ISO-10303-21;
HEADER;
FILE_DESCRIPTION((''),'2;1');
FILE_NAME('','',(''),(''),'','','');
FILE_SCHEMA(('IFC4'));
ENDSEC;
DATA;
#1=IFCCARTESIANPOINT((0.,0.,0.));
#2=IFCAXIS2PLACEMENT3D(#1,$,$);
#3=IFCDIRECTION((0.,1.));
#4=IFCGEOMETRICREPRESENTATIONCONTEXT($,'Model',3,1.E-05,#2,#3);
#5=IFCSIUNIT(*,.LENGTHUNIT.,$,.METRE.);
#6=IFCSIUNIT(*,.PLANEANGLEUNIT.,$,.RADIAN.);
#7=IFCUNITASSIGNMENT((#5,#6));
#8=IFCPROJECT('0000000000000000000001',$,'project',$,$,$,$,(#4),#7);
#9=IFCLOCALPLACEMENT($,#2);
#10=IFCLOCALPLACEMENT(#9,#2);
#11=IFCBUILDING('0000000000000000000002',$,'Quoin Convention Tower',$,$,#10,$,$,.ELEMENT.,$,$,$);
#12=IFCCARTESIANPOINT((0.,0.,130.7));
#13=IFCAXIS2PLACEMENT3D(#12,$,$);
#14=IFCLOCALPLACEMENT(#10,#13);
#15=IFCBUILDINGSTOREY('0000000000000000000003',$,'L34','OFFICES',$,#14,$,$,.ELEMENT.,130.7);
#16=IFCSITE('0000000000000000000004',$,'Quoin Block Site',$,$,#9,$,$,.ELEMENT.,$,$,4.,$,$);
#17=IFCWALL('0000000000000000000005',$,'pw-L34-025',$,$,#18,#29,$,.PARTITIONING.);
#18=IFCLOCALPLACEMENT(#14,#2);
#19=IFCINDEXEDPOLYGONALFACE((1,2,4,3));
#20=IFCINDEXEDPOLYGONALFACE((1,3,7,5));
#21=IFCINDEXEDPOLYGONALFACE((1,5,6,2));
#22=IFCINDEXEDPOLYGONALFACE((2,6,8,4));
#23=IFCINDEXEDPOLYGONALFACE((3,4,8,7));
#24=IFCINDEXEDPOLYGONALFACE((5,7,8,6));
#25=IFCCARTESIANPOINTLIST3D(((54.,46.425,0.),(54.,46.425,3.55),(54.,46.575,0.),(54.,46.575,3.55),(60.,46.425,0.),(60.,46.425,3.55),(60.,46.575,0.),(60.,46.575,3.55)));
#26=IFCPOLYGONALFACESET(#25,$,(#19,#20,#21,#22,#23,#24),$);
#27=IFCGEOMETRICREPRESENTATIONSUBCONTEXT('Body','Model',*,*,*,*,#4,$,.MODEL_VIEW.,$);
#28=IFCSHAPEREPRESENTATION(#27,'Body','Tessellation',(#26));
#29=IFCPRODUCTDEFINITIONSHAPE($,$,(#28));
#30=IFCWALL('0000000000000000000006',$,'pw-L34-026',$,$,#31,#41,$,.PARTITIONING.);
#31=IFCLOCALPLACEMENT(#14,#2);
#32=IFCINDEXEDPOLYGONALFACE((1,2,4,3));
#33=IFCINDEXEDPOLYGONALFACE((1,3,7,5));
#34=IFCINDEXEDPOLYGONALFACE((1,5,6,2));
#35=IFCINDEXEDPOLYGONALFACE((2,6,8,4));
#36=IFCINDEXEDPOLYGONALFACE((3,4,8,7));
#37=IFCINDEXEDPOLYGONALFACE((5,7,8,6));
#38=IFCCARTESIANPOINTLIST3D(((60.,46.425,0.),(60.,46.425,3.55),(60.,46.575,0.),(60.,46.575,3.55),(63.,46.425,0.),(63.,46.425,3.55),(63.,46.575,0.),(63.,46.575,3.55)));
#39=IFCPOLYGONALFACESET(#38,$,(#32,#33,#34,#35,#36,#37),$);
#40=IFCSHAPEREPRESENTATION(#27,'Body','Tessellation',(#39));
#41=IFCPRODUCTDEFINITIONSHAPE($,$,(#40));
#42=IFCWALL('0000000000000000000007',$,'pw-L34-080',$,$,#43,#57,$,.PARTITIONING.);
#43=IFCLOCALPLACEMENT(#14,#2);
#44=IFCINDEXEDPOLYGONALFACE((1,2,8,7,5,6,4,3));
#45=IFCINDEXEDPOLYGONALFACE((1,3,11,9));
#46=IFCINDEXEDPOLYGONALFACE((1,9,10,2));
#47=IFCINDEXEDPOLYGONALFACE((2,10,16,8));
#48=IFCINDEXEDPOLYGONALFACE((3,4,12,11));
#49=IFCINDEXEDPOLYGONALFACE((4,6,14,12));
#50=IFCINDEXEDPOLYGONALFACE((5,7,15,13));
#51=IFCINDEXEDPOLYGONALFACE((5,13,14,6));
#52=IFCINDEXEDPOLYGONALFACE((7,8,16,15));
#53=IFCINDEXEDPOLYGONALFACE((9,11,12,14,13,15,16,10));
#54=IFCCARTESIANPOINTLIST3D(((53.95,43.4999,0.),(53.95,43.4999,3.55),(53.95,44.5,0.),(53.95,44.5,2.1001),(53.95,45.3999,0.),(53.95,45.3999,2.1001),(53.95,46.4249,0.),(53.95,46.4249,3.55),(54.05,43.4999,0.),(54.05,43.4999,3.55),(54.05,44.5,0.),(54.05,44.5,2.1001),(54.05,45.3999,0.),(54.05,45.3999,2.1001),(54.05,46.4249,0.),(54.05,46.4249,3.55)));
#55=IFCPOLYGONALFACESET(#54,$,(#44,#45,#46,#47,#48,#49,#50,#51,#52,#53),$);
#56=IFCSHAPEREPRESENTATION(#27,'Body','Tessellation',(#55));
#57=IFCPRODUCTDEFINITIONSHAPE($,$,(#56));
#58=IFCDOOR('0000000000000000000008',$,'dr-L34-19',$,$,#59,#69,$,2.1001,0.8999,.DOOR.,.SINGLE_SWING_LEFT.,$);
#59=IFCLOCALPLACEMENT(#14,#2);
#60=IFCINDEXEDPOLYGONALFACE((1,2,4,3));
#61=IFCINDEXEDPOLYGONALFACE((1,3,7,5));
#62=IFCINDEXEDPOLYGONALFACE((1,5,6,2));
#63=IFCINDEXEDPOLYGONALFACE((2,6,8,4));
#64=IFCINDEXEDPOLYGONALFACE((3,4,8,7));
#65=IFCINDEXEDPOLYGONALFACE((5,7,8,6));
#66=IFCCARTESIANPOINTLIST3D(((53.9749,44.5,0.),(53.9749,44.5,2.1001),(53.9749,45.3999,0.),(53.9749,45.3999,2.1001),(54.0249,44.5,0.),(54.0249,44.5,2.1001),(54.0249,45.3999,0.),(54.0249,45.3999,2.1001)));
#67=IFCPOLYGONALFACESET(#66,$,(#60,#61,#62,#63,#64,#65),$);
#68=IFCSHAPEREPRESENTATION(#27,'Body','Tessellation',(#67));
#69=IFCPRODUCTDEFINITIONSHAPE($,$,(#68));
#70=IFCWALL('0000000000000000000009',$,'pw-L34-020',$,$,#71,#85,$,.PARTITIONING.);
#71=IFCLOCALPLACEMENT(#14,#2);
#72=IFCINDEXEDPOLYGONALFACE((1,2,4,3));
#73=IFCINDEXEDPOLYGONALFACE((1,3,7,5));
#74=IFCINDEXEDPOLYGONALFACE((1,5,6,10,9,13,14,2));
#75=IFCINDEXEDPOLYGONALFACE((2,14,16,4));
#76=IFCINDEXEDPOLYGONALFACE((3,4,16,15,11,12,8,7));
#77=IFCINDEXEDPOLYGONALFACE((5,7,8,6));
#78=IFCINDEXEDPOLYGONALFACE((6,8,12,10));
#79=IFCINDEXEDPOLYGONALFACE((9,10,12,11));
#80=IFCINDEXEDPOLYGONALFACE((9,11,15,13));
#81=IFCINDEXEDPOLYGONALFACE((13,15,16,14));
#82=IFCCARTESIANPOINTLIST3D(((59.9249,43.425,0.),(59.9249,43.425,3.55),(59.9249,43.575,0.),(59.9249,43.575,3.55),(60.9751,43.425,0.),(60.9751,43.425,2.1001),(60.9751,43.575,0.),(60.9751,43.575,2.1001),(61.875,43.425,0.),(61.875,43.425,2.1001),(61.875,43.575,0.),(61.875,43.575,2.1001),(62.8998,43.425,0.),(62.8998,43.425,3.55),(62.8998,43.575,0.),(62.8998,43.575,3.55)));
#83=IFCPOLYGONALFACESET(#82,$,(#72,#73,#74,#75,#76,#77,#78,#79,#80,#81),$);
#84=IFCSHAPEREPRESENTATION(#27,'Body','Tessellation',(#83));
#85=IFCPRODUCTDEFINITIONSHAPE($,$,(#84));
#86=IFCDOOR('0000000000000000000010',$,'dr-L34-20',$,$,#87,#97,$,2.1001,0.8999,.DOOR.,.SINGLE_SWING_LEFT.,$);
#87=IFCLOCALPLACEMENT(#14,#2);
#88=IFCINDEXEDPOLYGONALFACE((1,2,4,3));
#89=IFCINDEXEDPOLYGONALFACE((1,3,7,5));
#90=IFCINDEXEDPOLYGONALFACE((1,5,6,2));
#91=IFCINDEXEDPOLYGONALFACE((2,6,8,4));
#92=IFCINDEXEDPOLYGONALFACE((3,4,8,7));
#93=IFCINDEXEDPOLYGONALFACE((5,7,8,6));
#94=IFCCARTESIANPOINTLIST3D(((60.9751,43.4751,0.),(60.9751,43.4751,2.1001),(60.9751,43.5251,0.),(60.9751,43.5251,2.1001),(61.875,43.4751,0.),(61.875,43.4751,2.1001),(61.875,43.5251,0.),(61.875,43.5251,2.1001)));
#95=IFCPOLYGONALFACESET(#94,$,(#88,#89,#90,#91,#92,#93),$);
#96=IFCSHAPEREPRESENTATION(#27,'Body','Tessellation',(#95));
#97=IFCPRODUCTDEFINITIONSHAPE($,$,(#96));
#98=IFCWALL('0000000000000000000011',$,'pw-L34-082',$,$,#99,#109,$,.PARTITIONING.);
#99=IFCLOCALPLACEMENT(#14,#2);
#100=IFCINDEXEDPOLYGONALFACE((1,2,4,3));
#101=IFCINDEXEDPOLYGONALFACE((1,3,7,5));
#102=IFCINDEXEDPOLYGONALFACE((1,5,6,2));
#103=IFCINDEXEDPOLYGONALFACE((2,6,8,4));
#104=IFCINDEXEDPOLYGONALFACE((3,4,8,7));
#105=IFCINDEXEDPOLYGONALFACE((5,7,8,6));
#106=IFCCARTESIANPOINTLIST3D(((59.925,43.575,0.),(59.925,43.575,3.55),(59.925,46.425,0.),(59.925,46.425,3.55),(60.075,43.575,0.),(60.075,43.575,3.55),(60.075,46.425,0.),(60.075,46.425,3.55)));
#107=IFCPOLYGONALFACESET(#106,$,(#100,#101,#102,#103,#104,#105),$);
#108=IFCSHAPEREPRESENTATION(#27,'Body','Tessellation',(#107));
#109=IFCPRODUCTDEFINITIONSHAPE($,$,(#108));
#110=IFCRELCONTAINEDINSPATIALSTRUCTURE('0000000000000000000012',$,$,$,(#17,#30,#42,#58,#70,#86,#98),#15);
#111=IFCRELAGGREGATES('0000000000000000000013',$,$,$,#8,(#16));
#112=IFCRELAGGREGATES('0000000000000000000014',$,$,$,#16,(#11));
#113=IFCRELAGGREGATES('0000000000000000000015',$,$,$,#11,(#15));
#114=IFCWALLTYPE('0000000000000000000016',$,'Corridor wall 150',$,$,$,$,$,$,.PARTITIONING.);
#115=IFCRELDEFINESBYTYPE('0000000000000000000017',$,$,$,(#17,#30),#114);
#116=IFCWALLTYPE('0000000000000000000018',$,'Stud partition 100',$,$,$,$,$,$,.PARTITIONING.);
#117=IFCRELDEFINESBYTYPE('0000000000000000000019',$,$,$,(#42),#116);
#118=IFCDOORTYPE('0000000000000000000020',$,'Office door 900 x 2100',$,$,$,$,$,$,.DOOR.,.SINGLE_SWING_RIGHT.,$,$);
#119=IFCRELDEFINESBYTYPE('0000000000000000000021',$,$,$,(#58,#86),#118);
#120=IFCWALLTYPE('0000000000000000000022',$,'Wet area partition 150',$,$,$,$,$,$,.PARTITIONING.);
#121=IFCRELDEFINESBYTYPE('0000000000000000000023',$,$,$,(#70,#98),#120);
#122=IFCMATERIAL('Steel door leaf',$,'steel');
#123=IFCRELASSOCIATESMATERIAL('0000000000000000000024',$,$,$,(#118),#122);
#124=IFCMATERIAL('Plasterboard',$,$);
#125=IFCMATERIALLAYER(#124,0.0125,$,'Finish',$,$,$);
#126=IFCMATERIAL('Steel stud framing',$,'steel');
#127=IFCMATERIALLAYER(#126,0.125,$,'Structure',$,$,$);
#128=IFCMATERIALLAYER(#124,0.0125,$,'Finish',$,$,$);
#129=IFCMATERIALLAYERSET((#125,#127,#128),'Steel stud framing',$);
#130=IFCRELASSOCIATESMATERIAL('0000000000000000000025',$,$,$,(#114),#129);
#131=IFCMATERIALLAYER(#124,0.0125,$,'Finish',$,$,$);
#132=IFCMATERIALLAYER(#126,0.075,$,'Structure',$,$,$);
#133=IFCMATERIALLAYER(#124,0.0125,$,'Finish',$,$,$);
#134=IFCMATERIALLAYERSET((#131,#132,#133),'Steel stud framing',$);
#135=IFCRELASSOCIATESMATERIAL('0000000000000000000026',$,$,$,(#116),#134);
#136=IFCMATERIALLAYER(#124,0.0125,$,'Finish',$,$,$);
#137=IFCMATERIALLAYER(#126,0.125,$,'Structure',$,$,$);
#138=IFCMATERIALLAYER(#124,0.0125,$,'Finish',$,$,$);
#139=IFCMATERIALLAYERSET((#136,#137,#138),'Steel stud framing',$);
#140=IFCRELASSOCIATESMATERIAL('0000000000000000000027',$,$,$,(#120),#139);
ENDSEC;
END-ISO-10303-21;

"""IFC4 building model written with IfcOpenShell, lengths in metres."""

from ifc_helpers import new_model, si_unit, direction, frame, frame_2d, origin, place, context, subcontext, project, spatial, rectangle, extrude, material, layer, layer_set, type_object, element, fill, save


model = new_model("IFC4")

# Units and contexts
model_context = context("Model", 3, precision=1e-05, world=origin(), true_north=direction((0.0, 1.0)))
body_context = subcontext(model_context, "Body", "Model", "MODEL_VIEW")
ifc_project = project(units=[si_unit("LENGTHUNIT", "METRE"), si_unit("PLANEANGLEUNIT", "RADIAN")], contexts=[model_context])

# Site, building, storey
site_placement = place(None, origin())
site = spatial("IfcSite", under=ifc_project, at=site_placement, Name="Quoin Block Site", CompositionType="ELEMENT", RefElevation=4.0)
building_placement = place(site_placement, origin())
building = spatial("IfcBuilding", under=site, at=building_placement, Name="Quoin Convention Tower", CompositionType="ELEMENT")
storey_placement = place(building_placement, frame((0.0, 0.0, 130.7)))
storey = spatial("IfcBuildingStorey", under=building, at=storey_placement, Name="L34", Description="OFFICES", CompositionType="ELEMENT", Elevation=130.7)

# Shared definitions
ifc_material_1 = material(Name="Plasterboard")
ifc_material_2 = material(Name="Steel stud framing", Category="steel")
ifc_material_3 = material(Name="Steel door leaf", Category="steel")
door_type = type_object("IfcDoorType", Name="Office door 900 x 2100", OperationType="SINGLE_SWING_RIGHT", PredefinedType="DOOR", material=ifc_material_3)

# Walls
ifc_layer_1 = layer(ifc_material_1, 0.0125, Name="Finish")
ifc_layer_2 = layer(ifc_material_2, 0.125, Name="Structure")
ifc_layer_3 = layer(ifc_material_1, 0.0125, Name="Finish")
ifc_layer_set_1 = layer_set([ifc_layer_1, ifc_layer_2, ifc_layer_3], Name="Steel stud framing")
wall_type_1 = type_object("IfcWallType", Name="Corridor wall 150", PredefinedType="PARTITIONING", material=ifc_layer_set_1)
wall_1_placement = place(storey_placement, frame((54.0, 46.5, 0.0), z_axis=(0.0, 0.0, 1.0), x_axis=(1.0, 0.0, 0.0)))
element("IfcWall", 1, at=wall_1_placement, inside=storey, type_object=wall_type_1, Name="pw-L34-025", PredefinedType="PARTITIONING", context=body_context, shape_type="SweptSolid", body=[
    extrude(rectangle(XDim=6.0, YDim=0.1499, at=frame_2d((3.0, 0.0))), origin(), (0.0, 0.0, 1.0), 3.55),
])
wall_2_placement = place(storey_placement, frame((60.0, 46.5, 0.0), z_axis=(0.0, 0.0, 1.0), x_axis=(1.0, 0.0, 0.0)))
element("IfcWall", 2, at=wall_2_placement, inside=storey, type_object=wall_type_1, Name="pw-L34-026", PredefinedType="PARTITIONING", context=body_context, shape_type="SweptSolid", body=[
    extrude(rectangle(XDim=3.0, YDim=0.1499, at=frame_2d((1.5, 0.0))), origin(), (0.0, 0.0, 1.0), 3.55),
])

# Walls, openings, doors
ifc_layer_4 = layer(ifc_material_1, 0.0125, Name="Finish")
ifc_layer_5 = layer(ifc_material_2, 0.075, Name="Structure")
ifc_layer_6 = layer(ifc_material_1, 0.0125, Name="Finish")
ifc_layer_set_2 = layer_set([ifc_layer_4, ifc_layer_5, ifc_layer_6], Name="Steel stud framing")
wall_type_2 = type_object("IfcWallType", Name="Stud partition 100", PredefinedType="PARTITIONING", material=ifc_layer_set_2)
wall_3_placement = place(storey_placement, frame((54.0, 43.5, 0.0), z_axis=(0.0, 0.0, 1.0), x_axis=(0.0, 1.0, 0.0)))
wall_3 = element("IfcWall", 3, at=wall_3_placement, inside=storey, type_object=wall_type_2, Name="pw-L34-080", PredefinedType="PARTITIONING", context=body_context, shape_type="SweptSolid", body=[
    extrude(rectangle(XDim=2.925, YDim=0.1001, at=frame_2d((1.4624, 0.0))), origin(), (0.0, 0.0, 1.0), 3.55),
])
opening_1_placement = place(wall_3_placement, frame((1.0, 0.0, 0.0)))
opening_1 = element("IfcOpeningElement", 4, at=opening_1_placement, cuts=wall_3, PredefinedType="OPENING", context=body_context, shape_type="SweptSolid", body=[
    extrude(rectangle(XDim=0.8999, YDim=2.1001, at=frame_2d((0.45, 1.05))), frame((0.0, 0.0601, 0.0), z_axis=(0.0, -1.0, 0.0), x_axis=(1.0, 0.0, 0.0)), (0.0, 0.0, 1.0), 0.1201),
])
door_1_placement = place(opening_1_placement, frame((0.8999, 0.0, 0.0), z_axis=(0.0, 0.0, 1.0), x_axis=(-1.0, 0.0, 0.0)))
door_1 = element("IfcDoor", 5, at=door_1_placement, inside=storey, type_object=door_type, Name="dr-L34-19", OperationType="SINGLE_SWING_LEFT", OverallHeight=2.1001, OverallWidth=0.8999, PredefinedType="DOOR", context=body_context, shape_type="SweptSolid", body=[
    extrude(rectangle(XDim=0.8999, YDim=2.1001, at=frame_2d((0.45, 1.05))), frame((0.0, 0.0249, 0.0), z_axis=(0.0, -1.0, 0.0), x_axis=(1.0, 0.0, 0.0)), (0.0, 0.0, 1.0), 0.05),
])
fill(opening_1, door_1)
ifc_layer_7 = layer(ifc_material_1, 0.0125, Name="Finish")
ifc_layer_8 = layer(ifc_material_2, 0.125, Name="Structure")
ifc_layer_9 = layer(ifc_material_1, 0.0125, Name="Finish")
ifc_layer_set_3 = layer_set([ifc_layer_7, ifc_layer_8, ifc_layer_9], Name="Steel stud framing")
wall_type_3 = type_object("IfcWallType", Name="Wet area partition 150", PredefinedType="PARTITIONING", material=ifc_layer_set_3)
wall_4_placement = place(storey_placement, frame((59.925, 43.5, 0.0), z_axis=(0.0, 0.0, 1.0), x_axis=(1.0, 0.0, 0.0)))
wall_4 = element("IfcWall", 6, at=wall_4_placement, inside=storey, type_object=wall_type_3, Name="pw-L34-020", PredefinedType="PARTITIONING", context=body_context, shape_type="SweptSolid", body=[
    extrude(rectangle(XDim=2.9749, YDim=0.1499, at=frame_2d((1.4873, 0.0))), origin(), (0.0, 0.0, 1.0), 3.55),
])
opening_2_placement = place(wall_4_placement, frame((1.05, 0.0, 0.0)))
opening_2 = element("IfcOpeningElement", 7, at=opening_2_placement, cuts=wall_4, PredefinedType="OPENING", context=body_context, shape_type="SweptSolid", body=[
    extrude(rectangle(XDim=0.8999, YDim=2.1001, at=frame_2d((0.45, 1.05))), frame((0.0, 0.085, 0.0), z_axis=(0.0, -1.0, 0.0), x_axis=(1.0, 0.0, 0.0)), (0.0, 0.0, 1.0), 0.1699),
])
door_2_placement = place(opening_2_placement, frame((0.8999, 0.0, 0.0), z_axis=(0.0, 0.0, 1.0), x_axis=(-1.0, 0.0, 0.0)))
door_2 = element("IfcDoor", 8, at=door_2_placement, inside=storey, type_object=door_type, Name="dr-L34-20", OperationType="SINGLE_SWING_LEFT", OverallHeight=2.1001, OverallWidth=0.8999, PredefinedType="DOOR", context=body_context, shape_type="SweptSolid", body=[
    extrude(rectangle(XDim=0.8999, YDim=2.1001, at=frame_2d((0.45, 1.05))), frame((0.0, 0.0249, 0.0), z_axis=(0.0, -1.0, 0.0), x_axis=(1.0, 0.0, 0.0)), (0.0, 0.0, 1.0), 0.05),
])
fill(opening_2, door_2)

# Wall
wall_5_placement = place(storey_placement, frame((60.0, 43.575, 0.0), z_axis=(0.0, 0.0, 1.0), x_axis=(0.0, 1.0, 0.0)))
element("IfcWall", 9, at=wall_5_placement, inside=storey, type_object=wall_type_3, Name="pw-L34-082", PredefinedType="PARTITIONING", context=body_context, shape_type="SweptSolid", body=[
    extrude(rectangle(XDim=2.8501, YDim=0.1499, at=frame_2d((1.425, 0.0))), origin(), (0.0, 0.0, 1.0), 3.55),
])

save(model, "model.ifc")
